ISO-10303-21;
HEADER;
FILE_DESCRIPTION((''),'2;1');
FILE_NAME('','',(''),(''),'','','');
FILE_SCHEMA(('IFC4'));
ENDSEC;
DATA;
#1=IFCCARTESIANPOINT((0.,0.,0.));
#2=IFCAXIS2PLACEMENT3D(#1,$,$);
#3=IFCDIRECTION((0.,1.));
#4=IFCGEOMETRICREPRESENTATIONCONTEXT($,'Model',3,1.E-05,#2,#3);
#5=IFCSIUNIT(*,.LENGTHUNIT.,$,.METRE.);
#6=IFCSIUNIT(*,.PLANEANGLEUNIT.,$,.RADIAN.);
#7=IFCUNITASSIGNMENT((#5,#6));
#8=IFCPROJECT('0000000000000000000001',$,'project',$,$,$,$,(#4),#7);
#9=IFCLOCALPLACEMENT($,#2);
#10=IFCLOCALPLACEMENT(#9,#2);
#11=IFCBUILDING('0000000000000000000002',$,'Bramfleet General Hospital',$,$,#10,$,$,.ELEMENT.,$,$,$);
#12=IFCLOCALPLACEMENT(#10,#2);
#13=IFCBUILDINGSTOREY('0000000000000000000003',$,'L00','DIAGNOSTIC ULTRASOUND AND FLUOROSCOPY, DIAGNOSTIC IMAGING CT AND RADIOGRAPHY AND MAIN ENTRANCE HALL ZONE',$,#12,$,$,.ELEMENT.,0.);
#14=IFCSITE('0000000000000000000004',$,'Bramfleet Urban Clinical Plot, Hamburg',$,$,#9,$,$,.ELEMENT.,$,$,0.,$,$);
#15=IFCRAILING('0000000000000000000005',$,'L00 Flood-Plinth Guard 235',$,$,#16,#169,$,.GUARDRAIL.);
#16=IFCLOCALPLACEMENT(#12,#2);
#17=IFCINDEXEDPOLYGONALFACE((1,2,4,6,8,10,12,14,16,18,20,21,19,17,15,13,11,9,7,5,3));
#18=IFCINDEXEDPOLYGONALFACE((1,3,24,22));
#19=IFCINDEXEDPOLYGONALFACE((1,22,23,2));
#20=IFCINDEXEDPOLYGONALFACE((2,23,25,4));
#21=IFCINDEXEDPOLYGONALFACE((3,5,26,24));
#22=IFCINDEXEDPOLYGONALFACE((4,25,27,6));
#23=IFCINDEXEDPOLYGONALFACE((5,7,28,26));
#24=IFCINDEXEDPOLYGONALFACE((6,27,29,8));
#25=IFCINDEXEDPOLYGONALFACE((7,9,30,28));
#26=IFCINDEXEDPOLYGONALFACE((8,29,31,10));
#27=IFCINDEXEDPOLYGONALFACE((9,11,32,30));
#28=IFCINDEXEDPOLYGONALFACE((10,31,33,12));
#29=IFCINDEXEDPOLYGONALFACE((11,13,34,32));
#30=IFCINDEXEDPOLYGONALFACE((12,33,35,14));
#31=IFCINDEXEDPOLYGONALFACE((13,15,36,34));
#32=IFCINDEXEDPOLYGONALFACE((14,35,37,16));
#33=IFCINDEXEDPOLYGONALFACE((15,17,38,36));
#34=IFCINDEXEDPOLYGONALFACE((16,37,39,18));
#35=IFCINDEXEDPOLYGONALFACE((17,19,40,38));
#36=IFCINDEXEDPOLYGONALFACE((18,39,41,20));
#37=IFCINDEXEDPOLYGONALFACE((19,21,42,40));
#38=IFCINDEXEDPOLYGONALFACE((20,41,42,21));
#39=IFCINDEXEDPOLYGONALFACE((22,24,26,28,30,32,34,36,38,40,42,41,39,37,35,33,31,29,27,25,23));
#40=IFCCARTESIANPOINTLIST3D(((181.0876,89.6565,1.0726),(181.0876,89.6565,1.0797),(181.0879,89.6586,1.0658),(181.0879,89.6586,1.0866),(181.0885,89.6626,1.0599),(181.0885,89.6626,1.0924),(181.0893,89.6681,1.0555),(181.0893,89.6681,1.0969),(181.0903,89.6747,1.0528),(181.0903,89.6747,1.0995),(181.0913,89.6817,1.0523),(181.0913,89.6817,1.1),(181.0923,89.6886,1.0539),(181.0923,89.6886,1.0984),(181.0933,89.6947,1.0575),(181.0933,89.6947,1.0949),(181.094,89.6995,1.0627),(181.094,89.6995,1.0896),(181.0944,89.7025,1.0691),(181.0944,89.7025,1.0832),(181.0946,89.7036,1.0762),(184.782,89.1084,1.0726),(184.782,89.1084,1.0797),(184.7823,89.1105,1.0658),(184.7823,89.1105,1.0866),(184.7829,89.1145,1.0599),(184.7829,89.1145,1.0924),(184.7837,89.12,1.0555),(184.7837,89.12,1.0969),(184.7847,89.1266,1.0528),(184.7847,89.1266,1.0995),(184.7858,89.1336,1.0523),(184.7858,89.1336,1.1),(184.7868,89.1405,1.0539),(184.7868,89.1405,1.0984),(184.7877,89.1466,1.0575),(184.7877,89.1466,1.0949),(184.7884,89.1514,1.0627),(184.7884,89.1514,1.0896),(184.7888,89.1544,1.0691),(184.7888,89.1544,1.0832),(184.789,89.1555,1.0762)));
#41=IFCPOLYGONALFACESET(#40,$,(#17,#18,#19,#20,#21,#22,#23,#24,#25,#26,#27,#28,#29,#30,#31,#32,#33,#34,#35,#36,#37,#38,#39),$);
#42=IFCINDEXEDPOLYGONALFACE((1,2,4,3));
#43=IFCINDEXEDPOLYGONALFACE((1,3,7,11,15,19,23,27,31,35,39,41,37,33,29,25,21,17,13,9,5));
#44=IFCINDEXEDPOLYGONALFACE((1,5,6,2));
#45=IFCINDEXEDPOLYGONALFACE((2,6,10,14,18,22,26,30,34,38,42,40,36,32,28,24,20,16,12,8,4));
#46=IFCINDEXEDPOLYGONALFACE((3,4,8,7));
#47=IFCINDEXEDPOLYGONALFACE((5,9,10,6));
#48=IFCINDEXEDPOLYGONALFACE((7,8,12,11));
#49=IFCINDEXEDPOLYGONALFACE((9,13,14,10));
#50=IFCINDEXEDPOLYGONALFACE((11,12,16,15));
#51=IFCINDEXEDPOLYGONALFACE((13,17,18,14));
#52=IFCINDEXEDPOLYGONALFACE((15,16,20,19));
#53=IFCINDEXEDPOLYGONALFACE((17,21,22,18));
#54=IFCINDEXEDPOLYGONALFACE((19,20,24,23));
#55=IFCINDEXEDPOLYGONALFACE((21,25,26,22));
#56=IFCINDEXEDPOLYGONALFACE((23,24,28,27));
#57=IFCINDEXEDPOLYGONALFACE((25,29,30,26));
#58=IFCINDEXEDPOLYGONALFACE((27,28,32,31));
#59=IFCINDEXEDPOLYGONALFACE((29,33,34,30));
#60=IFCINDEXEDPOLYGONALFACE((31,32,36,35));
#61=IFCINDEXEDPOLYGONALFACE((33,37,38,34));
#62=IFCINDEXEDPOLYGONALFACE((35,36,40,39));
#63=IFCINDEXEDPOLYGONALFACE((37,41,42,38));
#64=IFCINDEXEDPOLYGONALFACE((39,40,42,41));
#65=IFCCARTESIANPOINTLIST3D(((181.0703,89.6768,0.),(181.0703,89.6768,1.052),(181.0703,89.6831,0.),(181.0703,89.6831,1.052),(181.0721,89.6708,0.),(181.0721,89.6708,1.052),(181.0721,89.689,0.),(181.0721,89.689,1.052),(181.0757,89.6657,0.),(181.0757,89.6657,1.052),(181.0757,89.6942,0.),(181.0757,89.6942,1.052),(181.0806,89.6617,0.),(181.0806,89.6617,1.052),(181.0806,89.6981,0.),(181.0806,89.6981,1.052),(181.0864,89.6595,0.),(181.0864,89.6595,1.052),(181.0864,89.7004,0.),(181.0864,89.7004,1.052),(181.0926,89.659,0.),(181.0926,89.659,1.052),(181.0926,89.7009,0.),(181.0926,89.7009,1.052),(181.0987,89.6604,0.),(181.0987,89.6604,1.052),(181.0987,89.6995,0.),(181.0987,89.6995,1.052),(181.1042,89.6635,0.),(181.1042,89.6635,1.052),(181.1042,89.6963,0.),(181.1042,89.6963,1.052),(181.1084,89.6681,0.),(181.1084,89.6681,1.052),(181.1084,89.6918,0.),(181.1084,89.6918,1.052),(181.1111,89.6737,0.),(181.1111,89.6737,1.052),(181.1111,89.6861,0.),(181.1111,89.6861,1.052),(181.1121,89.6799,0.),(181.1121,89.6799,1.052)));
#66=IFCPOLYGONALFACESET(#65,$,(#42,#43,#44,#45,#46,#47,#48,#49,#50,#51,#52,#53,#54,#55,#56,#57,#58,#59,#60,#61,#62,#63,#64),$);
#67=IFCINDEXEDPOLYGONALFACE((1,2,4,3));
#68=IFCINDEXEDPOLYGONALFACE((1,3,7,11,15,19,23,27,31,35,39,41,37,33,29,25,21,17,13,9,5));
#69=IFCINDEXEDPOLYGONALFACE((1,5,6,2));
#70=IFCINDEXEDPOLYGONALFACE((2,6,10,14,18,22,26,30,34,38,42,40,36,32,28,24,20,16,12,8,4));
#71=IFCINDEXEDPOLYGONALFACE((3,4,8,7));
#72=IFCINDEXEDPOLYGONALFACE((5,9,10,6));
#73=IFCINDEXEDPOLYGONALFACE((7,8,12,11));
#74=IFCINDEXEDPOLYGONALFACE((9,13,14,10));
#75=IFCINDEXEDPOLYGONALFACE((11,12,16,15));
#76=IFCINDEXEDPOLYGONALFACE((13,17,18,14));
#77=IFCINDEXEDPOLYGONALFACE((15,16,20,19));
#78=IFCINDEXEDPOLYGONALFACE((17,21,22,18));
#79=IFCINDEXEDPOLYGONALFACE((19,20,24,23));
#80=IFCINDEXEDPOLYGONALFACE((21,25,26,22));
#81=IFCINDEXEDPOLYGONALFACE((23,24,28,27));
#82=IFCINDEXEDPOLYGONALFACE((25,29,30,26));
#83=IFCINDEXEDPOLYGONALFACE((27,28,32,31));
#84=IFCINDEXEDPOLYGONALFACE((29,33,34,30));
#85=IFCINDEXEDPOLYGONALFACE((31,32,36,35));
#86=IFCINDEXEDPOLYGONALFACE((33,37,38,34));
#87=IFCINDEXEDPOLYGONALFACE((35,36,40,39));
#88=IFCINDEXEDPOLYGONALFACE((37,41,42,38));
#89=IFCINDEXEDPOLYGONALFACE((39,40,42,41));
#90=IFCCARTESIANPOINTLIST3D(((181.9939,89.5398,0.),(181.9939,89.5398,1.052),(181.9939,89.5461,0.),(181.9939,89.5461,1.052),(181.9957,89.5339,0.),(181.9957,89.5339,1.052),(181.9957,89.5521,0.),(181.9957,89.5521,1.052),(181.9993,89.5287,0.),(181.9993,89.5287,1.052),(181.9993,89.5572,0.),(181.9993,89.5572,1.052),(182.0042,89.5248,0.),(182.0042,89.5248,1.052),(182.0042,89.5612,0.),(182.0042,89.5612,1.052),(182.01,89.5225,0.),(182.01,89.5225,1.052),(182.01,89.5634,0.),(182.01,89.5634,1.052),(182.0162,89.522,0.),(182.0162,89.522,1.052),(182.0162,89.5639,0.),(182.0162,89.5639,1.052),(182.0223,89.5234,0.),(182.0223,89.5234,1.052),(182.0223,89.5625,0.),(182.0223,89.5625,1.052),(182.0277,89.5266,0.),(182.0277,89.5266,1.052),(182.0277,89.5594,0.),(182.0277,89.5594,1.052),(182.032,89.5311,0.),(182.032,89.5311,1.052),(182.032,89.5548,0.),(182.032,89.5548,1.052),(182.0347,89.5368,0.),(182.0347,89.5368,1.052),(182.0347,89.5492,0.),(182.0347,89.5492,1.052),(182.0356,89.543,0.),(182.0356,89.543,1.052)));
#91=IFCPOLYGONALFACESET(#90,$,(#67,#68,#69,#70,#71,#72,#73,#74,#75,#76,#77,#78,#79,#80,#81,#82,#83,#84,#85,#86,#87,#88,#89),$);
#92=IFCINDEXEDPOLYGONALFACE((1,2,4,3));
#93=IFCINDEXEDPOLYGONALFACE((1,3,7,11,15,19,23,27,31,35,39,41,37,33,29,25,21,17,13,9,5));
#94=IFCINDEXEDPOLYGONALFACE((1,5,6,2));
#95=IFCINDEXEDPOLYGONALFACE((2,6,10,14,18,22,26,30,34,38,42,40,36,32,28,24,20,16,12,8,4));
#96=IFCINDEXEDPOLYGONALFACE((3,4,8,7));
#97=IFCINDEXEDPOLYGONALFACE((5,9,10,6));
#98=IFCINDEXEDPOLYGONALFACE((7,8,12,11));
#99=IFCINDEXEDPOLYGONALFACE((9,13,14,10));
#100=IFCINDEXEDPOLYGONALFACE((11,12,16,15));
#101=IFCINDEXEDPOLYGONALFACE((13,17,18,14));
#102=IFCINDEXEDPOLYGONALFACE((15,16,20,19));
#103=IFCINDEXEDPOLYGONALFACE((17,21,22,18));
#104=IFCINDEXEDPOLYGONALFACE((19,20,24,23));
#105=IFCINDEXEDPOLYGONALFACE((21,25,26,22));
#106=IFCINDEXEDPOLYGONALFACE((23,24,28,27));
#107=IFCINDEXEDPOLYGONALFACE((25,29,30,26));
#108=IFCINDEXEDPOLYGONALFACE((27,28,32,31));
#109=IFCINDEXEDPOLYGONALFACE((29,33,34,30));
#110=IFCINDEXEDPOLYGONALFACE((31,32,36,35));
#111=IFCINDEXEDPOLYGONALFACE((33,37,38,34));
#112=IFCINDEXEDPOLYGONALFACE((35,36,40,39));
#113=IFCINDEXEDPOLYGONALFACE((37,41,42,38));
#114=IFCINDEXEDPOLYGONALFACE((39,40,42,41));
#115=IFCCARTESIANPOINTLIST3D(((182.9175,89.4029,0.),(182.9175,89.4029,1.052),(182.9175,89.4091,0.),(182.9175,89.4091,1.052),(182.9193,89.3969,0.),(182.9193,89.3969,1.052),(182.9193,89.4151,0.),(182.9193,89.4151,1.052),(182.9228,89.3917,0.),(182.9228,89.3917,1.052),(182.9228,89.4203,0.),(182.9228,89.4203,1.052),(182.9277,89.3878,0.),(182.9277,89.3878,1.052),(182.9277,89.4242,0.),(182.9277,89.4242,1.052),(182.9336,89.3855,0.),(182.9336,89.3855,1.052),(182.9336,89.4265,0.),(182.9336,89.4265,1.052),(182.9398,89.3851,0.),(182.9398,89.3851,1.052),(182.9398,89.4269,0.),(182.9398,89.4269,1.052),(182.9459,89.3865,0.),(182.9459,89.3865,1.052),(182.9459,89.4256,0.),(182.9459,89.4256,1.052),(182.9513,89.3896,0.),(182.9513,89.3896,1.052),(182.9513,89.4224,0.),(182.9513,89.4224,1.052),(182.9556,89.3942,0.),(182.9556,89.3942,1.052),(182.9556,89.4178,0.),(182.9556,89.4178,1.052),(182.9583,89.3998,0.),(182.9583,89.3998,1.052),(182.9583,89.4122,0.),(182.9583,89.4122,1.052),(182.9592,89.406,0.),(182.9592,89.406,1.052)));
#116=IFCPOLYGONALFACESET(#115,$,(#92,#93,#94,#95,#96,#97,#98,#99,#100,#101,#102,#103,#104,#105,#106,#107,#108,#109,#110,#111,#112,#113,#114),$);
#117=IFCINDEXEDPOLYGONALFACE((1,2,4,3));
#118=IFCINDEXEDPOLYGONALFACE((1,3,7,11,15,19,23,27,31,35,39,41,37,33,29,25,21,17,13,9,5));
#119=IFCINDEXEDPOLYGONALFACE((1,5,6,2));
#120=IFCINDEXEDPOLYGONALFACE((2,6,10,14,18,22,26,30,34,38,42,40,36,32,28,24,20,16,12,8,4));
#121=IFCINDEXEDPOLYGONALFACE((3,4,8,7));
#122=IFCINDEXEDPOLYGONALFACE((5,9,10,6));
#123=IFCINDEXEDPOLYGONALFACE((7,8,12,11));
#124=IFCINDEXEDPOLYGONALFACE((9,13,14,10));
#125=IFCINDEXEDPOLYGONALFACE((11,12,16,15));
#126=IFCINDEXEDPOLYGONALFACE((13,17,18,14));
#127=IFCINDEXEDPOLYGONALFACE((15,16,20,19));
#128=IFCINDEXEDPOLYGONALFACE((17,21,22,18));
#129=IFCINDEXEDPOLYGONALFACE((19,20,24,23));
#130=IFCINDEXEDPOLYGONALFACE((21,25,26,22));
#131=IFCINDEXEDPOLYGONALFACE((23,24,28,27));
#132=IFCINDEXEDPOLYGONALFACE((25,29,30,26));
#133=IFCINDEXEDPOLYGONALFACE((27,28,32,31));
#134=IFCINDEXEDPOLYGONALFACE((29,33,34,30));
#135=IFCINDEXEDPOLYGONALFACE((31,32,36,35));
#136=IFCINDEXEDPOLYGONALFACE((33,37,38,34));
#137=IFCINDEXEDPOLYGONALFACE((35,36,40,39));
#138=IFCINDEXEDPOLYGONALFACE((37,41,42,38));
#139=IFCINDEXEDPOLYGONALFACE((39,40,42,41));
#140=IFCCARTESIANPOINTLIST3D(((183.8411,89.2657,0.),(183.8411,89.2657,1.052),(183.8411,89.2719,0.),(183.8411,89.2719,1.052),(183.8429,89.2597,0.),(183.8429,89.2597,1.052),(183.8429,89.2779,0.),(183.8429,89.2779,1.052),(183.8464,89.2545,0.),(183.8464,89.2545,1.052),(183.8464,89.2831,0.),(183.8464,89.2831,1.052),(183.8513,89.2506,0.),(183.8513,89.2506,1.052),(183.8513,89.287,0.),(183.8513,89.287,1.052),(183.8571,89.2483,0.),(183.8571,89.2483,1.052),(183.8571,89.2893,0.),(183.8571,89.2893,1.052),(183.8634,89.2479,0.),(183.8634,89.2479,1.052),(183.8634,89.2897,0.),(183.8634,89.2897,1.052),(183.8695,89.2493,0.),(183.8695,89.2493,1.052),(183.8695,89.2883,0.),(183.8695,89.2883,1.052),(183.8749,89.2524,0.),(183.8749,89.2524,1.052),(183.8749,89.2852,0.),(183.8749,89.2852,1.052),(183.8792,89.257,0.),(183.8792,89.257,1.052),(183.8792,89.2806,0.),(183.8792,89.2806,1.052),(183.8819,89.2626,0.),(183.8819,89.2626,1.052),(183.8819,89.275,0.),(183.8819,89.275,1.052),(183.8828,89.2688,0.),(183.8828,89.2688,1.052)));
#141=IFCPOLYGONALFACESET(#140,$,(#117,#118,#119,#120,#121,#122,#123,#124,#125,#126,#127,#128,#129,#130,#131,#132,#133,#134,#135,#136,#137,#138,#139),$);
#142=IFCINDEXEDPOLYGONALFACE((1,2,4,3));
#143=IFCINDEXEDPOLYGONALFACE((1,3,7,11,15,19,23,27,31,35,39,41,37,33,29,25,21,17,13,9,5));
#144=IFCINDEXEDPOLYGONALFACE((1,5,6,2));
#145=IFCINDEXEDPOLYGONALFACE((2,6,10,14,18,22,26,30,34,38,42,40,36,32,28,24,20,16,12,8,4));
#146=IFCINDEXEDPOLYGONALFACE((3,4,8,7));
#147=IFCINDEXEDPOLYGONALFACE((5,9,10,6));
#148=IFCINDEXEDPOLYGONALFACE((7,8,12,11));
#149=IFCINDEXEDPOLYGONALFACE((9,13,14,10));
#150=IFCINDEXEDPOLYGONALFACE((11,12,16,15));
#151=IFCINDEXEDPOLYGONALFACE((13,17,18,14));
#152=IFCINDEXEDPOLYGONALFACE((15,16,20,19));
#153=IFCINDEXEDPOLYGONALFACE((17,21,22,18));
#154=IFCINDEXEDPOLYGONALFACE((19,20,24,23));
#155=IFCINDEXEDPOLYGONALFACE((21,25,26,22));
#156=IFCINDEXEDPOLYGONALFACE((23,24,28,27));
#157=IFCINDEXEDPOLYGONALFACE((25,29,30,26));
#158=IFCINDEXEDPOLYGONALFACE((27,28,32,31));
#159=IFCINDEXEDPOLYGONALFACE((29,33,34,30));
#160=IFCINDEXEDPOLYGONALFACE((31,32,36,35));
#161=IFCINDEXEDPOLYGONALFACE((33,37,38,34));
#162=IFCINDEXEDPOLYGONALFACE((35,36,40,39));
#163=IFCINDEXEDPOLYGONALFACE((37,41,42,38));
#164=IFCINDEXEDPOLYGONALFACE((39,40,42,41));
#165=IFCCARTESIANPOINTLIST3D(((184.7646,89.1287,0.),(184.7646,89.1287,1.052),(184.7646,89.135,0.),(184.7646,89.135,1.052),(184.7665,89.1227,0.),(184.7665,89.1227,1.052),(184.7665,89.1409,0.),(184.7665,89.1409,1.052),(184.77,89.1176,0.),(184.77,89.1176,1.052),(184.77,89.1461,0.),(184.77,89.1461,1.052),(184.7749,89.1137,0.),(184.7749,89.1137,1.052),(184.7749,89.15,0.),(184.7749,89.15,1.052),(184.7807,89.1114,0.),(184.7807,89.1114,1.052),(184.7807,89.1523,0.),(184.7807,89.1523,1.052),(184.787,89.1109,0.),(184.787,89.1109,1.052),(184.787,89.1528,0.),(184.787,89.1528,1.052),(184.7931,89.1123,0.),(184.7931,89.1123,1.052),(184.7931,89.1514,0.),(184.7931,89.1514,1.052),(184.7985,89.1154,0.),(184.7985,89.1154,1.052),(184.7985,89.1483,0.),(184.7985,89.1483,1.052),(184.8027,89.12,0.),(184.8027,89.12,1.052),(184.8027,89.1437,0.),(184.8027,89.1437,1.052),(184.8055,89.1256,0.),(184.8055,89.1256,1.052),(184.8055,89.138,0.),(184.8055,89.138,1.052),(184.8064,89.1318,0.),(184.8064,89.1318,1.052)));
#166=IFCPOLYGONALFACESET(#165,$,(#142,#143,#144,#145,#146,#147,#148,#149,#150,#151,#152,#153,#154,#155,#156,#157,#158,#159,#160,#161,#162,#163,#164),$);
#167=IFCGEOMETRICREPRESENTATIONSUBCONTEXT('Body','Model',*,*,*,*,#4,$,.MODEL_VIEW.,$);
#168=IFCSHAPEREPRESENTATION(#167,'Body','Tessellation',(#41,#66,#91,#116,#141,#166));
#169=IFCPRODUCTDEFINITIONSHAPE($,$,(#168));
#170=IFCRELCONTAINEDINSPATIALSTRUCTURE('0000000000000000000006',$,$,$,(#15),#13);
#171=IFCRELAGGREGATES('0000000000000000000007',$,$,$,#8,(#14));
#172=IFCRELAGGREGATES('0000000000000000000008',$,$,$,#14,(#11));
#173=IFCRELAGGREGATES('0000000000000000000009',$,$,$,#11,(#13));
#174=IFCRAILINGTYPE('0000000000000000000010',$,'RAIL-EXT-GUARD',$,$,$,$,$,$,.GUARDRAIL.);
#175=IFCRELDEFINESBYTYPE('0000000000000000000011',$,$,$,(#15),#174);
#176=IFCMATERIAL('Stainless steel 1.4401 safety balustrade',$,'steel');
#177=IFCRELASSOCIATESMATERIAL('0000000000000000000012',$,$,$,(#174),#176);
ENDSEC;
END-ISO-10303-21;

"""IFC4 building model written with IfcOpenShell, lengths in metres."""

from ifc_helpers import new_model, si_unit, direction, frame, origin, origin_2d, place, context, subcontext, project, spatial, circle, extrude, material, type_object, element, save


model = new_model("IFC4")

# Units and contexts
model_context = context("Model", 3, precision=1e-05, world=origin(), true_north=direction((0.0, 1.0)))
body_context = subcontext(model_context, "Body", "Model", "MODEL_VIEW")
ifc_project = project(units=[si_unit("LENGTHUNIT", "METRE"), si_unit("PLANEANGLEUNIT", "RADIAN")], contexts=[model_context])

# Site, building, storey
site_placement = place(None, origin())
site = spatial("IfcSite", under=ifc_project, at=site_placement, Name="Bramfleet Urban Clinical Plot, Hamburg", CompositionType="ELEMENT", RefElevation=0.0)
building_placement = place(site_placement, origin())
building = spatial("IfcBuilding", under=site, at=building_placement, Name="Bramfleet General Hospital", CompositionType="ELEMENT")
storey_placement = place(building_placement, origin())
storey = spatial("IfcBuildingStorey", under=building, at=storey_placement, Name="L00", Description="DIAGNOSTIC ULTRASOUND AND FLUOROSCOPY, DIAGNOSTIC IMAGING CT AND RADIOGRAPHY AND MAIN ENTRANCE HALL ZONE", CompositionType="ELEMENT", Elevation=0.0)

# Railing
ifc_material_1 = material(Name="Stainless steel 1.4401 safety balustrade", Category="steel")
railing_type_1 = type_object("IfcRailingType", Name="RAIL-EXT-GUARD", PredefinedType="GUARDRAIL", material=ifc_material_1)
railing_1_placement = place(storey_placement, frame((181.0911, 89.6799, 0.0)))
element("IfcRailing", 1, at=railing_1_placement, inside=storey, type_object=railing_type_1, Name="L00 Flood-Plinth Guard 235", PredefinedType="GUARDRAIL", context=body_context, shape_type="SweptSolid", body=[
    extrude(circle(Radius=0.0239, at=origin_2d()), frame((0.0, 0.0, 1.0762), z_axis=(0.989173, -0.146755, 0.0), x_axis=(0.146755, 0.989173, 0.0)), (0.0, 0.0, 1.0), 3.7349),
    extrude(circle(Radius=0.021, at=origin_2d()), origin(), (0.0, 0.0, 1.0), 1.052),
    extrude(circle(Radius=0.021, at=origin_2d()), frame((0.9236, -0.137, 0.0)), (0.0, 0.0, 1.0), 1.052),
    extrude(circle(Radius=0.021, at=origin_2d()), frame((1.8472, -0.2739, 0.0)), (0.0, 0.0, 1.0), 1.052),
    extrude(circle(Radius=0.021, at=origin_2d()), frame((2.7708, -0.4111, 0.0)), (0.0, 0.0, 1.0), 1.052),
    extrude(circle(Radius=0.021, at=origin_2d()), frame((3.6943, -0.5481, 0.0)), (0.0, 0.0, 1.0), 1.052),
])

save(model, "model.ifc")
